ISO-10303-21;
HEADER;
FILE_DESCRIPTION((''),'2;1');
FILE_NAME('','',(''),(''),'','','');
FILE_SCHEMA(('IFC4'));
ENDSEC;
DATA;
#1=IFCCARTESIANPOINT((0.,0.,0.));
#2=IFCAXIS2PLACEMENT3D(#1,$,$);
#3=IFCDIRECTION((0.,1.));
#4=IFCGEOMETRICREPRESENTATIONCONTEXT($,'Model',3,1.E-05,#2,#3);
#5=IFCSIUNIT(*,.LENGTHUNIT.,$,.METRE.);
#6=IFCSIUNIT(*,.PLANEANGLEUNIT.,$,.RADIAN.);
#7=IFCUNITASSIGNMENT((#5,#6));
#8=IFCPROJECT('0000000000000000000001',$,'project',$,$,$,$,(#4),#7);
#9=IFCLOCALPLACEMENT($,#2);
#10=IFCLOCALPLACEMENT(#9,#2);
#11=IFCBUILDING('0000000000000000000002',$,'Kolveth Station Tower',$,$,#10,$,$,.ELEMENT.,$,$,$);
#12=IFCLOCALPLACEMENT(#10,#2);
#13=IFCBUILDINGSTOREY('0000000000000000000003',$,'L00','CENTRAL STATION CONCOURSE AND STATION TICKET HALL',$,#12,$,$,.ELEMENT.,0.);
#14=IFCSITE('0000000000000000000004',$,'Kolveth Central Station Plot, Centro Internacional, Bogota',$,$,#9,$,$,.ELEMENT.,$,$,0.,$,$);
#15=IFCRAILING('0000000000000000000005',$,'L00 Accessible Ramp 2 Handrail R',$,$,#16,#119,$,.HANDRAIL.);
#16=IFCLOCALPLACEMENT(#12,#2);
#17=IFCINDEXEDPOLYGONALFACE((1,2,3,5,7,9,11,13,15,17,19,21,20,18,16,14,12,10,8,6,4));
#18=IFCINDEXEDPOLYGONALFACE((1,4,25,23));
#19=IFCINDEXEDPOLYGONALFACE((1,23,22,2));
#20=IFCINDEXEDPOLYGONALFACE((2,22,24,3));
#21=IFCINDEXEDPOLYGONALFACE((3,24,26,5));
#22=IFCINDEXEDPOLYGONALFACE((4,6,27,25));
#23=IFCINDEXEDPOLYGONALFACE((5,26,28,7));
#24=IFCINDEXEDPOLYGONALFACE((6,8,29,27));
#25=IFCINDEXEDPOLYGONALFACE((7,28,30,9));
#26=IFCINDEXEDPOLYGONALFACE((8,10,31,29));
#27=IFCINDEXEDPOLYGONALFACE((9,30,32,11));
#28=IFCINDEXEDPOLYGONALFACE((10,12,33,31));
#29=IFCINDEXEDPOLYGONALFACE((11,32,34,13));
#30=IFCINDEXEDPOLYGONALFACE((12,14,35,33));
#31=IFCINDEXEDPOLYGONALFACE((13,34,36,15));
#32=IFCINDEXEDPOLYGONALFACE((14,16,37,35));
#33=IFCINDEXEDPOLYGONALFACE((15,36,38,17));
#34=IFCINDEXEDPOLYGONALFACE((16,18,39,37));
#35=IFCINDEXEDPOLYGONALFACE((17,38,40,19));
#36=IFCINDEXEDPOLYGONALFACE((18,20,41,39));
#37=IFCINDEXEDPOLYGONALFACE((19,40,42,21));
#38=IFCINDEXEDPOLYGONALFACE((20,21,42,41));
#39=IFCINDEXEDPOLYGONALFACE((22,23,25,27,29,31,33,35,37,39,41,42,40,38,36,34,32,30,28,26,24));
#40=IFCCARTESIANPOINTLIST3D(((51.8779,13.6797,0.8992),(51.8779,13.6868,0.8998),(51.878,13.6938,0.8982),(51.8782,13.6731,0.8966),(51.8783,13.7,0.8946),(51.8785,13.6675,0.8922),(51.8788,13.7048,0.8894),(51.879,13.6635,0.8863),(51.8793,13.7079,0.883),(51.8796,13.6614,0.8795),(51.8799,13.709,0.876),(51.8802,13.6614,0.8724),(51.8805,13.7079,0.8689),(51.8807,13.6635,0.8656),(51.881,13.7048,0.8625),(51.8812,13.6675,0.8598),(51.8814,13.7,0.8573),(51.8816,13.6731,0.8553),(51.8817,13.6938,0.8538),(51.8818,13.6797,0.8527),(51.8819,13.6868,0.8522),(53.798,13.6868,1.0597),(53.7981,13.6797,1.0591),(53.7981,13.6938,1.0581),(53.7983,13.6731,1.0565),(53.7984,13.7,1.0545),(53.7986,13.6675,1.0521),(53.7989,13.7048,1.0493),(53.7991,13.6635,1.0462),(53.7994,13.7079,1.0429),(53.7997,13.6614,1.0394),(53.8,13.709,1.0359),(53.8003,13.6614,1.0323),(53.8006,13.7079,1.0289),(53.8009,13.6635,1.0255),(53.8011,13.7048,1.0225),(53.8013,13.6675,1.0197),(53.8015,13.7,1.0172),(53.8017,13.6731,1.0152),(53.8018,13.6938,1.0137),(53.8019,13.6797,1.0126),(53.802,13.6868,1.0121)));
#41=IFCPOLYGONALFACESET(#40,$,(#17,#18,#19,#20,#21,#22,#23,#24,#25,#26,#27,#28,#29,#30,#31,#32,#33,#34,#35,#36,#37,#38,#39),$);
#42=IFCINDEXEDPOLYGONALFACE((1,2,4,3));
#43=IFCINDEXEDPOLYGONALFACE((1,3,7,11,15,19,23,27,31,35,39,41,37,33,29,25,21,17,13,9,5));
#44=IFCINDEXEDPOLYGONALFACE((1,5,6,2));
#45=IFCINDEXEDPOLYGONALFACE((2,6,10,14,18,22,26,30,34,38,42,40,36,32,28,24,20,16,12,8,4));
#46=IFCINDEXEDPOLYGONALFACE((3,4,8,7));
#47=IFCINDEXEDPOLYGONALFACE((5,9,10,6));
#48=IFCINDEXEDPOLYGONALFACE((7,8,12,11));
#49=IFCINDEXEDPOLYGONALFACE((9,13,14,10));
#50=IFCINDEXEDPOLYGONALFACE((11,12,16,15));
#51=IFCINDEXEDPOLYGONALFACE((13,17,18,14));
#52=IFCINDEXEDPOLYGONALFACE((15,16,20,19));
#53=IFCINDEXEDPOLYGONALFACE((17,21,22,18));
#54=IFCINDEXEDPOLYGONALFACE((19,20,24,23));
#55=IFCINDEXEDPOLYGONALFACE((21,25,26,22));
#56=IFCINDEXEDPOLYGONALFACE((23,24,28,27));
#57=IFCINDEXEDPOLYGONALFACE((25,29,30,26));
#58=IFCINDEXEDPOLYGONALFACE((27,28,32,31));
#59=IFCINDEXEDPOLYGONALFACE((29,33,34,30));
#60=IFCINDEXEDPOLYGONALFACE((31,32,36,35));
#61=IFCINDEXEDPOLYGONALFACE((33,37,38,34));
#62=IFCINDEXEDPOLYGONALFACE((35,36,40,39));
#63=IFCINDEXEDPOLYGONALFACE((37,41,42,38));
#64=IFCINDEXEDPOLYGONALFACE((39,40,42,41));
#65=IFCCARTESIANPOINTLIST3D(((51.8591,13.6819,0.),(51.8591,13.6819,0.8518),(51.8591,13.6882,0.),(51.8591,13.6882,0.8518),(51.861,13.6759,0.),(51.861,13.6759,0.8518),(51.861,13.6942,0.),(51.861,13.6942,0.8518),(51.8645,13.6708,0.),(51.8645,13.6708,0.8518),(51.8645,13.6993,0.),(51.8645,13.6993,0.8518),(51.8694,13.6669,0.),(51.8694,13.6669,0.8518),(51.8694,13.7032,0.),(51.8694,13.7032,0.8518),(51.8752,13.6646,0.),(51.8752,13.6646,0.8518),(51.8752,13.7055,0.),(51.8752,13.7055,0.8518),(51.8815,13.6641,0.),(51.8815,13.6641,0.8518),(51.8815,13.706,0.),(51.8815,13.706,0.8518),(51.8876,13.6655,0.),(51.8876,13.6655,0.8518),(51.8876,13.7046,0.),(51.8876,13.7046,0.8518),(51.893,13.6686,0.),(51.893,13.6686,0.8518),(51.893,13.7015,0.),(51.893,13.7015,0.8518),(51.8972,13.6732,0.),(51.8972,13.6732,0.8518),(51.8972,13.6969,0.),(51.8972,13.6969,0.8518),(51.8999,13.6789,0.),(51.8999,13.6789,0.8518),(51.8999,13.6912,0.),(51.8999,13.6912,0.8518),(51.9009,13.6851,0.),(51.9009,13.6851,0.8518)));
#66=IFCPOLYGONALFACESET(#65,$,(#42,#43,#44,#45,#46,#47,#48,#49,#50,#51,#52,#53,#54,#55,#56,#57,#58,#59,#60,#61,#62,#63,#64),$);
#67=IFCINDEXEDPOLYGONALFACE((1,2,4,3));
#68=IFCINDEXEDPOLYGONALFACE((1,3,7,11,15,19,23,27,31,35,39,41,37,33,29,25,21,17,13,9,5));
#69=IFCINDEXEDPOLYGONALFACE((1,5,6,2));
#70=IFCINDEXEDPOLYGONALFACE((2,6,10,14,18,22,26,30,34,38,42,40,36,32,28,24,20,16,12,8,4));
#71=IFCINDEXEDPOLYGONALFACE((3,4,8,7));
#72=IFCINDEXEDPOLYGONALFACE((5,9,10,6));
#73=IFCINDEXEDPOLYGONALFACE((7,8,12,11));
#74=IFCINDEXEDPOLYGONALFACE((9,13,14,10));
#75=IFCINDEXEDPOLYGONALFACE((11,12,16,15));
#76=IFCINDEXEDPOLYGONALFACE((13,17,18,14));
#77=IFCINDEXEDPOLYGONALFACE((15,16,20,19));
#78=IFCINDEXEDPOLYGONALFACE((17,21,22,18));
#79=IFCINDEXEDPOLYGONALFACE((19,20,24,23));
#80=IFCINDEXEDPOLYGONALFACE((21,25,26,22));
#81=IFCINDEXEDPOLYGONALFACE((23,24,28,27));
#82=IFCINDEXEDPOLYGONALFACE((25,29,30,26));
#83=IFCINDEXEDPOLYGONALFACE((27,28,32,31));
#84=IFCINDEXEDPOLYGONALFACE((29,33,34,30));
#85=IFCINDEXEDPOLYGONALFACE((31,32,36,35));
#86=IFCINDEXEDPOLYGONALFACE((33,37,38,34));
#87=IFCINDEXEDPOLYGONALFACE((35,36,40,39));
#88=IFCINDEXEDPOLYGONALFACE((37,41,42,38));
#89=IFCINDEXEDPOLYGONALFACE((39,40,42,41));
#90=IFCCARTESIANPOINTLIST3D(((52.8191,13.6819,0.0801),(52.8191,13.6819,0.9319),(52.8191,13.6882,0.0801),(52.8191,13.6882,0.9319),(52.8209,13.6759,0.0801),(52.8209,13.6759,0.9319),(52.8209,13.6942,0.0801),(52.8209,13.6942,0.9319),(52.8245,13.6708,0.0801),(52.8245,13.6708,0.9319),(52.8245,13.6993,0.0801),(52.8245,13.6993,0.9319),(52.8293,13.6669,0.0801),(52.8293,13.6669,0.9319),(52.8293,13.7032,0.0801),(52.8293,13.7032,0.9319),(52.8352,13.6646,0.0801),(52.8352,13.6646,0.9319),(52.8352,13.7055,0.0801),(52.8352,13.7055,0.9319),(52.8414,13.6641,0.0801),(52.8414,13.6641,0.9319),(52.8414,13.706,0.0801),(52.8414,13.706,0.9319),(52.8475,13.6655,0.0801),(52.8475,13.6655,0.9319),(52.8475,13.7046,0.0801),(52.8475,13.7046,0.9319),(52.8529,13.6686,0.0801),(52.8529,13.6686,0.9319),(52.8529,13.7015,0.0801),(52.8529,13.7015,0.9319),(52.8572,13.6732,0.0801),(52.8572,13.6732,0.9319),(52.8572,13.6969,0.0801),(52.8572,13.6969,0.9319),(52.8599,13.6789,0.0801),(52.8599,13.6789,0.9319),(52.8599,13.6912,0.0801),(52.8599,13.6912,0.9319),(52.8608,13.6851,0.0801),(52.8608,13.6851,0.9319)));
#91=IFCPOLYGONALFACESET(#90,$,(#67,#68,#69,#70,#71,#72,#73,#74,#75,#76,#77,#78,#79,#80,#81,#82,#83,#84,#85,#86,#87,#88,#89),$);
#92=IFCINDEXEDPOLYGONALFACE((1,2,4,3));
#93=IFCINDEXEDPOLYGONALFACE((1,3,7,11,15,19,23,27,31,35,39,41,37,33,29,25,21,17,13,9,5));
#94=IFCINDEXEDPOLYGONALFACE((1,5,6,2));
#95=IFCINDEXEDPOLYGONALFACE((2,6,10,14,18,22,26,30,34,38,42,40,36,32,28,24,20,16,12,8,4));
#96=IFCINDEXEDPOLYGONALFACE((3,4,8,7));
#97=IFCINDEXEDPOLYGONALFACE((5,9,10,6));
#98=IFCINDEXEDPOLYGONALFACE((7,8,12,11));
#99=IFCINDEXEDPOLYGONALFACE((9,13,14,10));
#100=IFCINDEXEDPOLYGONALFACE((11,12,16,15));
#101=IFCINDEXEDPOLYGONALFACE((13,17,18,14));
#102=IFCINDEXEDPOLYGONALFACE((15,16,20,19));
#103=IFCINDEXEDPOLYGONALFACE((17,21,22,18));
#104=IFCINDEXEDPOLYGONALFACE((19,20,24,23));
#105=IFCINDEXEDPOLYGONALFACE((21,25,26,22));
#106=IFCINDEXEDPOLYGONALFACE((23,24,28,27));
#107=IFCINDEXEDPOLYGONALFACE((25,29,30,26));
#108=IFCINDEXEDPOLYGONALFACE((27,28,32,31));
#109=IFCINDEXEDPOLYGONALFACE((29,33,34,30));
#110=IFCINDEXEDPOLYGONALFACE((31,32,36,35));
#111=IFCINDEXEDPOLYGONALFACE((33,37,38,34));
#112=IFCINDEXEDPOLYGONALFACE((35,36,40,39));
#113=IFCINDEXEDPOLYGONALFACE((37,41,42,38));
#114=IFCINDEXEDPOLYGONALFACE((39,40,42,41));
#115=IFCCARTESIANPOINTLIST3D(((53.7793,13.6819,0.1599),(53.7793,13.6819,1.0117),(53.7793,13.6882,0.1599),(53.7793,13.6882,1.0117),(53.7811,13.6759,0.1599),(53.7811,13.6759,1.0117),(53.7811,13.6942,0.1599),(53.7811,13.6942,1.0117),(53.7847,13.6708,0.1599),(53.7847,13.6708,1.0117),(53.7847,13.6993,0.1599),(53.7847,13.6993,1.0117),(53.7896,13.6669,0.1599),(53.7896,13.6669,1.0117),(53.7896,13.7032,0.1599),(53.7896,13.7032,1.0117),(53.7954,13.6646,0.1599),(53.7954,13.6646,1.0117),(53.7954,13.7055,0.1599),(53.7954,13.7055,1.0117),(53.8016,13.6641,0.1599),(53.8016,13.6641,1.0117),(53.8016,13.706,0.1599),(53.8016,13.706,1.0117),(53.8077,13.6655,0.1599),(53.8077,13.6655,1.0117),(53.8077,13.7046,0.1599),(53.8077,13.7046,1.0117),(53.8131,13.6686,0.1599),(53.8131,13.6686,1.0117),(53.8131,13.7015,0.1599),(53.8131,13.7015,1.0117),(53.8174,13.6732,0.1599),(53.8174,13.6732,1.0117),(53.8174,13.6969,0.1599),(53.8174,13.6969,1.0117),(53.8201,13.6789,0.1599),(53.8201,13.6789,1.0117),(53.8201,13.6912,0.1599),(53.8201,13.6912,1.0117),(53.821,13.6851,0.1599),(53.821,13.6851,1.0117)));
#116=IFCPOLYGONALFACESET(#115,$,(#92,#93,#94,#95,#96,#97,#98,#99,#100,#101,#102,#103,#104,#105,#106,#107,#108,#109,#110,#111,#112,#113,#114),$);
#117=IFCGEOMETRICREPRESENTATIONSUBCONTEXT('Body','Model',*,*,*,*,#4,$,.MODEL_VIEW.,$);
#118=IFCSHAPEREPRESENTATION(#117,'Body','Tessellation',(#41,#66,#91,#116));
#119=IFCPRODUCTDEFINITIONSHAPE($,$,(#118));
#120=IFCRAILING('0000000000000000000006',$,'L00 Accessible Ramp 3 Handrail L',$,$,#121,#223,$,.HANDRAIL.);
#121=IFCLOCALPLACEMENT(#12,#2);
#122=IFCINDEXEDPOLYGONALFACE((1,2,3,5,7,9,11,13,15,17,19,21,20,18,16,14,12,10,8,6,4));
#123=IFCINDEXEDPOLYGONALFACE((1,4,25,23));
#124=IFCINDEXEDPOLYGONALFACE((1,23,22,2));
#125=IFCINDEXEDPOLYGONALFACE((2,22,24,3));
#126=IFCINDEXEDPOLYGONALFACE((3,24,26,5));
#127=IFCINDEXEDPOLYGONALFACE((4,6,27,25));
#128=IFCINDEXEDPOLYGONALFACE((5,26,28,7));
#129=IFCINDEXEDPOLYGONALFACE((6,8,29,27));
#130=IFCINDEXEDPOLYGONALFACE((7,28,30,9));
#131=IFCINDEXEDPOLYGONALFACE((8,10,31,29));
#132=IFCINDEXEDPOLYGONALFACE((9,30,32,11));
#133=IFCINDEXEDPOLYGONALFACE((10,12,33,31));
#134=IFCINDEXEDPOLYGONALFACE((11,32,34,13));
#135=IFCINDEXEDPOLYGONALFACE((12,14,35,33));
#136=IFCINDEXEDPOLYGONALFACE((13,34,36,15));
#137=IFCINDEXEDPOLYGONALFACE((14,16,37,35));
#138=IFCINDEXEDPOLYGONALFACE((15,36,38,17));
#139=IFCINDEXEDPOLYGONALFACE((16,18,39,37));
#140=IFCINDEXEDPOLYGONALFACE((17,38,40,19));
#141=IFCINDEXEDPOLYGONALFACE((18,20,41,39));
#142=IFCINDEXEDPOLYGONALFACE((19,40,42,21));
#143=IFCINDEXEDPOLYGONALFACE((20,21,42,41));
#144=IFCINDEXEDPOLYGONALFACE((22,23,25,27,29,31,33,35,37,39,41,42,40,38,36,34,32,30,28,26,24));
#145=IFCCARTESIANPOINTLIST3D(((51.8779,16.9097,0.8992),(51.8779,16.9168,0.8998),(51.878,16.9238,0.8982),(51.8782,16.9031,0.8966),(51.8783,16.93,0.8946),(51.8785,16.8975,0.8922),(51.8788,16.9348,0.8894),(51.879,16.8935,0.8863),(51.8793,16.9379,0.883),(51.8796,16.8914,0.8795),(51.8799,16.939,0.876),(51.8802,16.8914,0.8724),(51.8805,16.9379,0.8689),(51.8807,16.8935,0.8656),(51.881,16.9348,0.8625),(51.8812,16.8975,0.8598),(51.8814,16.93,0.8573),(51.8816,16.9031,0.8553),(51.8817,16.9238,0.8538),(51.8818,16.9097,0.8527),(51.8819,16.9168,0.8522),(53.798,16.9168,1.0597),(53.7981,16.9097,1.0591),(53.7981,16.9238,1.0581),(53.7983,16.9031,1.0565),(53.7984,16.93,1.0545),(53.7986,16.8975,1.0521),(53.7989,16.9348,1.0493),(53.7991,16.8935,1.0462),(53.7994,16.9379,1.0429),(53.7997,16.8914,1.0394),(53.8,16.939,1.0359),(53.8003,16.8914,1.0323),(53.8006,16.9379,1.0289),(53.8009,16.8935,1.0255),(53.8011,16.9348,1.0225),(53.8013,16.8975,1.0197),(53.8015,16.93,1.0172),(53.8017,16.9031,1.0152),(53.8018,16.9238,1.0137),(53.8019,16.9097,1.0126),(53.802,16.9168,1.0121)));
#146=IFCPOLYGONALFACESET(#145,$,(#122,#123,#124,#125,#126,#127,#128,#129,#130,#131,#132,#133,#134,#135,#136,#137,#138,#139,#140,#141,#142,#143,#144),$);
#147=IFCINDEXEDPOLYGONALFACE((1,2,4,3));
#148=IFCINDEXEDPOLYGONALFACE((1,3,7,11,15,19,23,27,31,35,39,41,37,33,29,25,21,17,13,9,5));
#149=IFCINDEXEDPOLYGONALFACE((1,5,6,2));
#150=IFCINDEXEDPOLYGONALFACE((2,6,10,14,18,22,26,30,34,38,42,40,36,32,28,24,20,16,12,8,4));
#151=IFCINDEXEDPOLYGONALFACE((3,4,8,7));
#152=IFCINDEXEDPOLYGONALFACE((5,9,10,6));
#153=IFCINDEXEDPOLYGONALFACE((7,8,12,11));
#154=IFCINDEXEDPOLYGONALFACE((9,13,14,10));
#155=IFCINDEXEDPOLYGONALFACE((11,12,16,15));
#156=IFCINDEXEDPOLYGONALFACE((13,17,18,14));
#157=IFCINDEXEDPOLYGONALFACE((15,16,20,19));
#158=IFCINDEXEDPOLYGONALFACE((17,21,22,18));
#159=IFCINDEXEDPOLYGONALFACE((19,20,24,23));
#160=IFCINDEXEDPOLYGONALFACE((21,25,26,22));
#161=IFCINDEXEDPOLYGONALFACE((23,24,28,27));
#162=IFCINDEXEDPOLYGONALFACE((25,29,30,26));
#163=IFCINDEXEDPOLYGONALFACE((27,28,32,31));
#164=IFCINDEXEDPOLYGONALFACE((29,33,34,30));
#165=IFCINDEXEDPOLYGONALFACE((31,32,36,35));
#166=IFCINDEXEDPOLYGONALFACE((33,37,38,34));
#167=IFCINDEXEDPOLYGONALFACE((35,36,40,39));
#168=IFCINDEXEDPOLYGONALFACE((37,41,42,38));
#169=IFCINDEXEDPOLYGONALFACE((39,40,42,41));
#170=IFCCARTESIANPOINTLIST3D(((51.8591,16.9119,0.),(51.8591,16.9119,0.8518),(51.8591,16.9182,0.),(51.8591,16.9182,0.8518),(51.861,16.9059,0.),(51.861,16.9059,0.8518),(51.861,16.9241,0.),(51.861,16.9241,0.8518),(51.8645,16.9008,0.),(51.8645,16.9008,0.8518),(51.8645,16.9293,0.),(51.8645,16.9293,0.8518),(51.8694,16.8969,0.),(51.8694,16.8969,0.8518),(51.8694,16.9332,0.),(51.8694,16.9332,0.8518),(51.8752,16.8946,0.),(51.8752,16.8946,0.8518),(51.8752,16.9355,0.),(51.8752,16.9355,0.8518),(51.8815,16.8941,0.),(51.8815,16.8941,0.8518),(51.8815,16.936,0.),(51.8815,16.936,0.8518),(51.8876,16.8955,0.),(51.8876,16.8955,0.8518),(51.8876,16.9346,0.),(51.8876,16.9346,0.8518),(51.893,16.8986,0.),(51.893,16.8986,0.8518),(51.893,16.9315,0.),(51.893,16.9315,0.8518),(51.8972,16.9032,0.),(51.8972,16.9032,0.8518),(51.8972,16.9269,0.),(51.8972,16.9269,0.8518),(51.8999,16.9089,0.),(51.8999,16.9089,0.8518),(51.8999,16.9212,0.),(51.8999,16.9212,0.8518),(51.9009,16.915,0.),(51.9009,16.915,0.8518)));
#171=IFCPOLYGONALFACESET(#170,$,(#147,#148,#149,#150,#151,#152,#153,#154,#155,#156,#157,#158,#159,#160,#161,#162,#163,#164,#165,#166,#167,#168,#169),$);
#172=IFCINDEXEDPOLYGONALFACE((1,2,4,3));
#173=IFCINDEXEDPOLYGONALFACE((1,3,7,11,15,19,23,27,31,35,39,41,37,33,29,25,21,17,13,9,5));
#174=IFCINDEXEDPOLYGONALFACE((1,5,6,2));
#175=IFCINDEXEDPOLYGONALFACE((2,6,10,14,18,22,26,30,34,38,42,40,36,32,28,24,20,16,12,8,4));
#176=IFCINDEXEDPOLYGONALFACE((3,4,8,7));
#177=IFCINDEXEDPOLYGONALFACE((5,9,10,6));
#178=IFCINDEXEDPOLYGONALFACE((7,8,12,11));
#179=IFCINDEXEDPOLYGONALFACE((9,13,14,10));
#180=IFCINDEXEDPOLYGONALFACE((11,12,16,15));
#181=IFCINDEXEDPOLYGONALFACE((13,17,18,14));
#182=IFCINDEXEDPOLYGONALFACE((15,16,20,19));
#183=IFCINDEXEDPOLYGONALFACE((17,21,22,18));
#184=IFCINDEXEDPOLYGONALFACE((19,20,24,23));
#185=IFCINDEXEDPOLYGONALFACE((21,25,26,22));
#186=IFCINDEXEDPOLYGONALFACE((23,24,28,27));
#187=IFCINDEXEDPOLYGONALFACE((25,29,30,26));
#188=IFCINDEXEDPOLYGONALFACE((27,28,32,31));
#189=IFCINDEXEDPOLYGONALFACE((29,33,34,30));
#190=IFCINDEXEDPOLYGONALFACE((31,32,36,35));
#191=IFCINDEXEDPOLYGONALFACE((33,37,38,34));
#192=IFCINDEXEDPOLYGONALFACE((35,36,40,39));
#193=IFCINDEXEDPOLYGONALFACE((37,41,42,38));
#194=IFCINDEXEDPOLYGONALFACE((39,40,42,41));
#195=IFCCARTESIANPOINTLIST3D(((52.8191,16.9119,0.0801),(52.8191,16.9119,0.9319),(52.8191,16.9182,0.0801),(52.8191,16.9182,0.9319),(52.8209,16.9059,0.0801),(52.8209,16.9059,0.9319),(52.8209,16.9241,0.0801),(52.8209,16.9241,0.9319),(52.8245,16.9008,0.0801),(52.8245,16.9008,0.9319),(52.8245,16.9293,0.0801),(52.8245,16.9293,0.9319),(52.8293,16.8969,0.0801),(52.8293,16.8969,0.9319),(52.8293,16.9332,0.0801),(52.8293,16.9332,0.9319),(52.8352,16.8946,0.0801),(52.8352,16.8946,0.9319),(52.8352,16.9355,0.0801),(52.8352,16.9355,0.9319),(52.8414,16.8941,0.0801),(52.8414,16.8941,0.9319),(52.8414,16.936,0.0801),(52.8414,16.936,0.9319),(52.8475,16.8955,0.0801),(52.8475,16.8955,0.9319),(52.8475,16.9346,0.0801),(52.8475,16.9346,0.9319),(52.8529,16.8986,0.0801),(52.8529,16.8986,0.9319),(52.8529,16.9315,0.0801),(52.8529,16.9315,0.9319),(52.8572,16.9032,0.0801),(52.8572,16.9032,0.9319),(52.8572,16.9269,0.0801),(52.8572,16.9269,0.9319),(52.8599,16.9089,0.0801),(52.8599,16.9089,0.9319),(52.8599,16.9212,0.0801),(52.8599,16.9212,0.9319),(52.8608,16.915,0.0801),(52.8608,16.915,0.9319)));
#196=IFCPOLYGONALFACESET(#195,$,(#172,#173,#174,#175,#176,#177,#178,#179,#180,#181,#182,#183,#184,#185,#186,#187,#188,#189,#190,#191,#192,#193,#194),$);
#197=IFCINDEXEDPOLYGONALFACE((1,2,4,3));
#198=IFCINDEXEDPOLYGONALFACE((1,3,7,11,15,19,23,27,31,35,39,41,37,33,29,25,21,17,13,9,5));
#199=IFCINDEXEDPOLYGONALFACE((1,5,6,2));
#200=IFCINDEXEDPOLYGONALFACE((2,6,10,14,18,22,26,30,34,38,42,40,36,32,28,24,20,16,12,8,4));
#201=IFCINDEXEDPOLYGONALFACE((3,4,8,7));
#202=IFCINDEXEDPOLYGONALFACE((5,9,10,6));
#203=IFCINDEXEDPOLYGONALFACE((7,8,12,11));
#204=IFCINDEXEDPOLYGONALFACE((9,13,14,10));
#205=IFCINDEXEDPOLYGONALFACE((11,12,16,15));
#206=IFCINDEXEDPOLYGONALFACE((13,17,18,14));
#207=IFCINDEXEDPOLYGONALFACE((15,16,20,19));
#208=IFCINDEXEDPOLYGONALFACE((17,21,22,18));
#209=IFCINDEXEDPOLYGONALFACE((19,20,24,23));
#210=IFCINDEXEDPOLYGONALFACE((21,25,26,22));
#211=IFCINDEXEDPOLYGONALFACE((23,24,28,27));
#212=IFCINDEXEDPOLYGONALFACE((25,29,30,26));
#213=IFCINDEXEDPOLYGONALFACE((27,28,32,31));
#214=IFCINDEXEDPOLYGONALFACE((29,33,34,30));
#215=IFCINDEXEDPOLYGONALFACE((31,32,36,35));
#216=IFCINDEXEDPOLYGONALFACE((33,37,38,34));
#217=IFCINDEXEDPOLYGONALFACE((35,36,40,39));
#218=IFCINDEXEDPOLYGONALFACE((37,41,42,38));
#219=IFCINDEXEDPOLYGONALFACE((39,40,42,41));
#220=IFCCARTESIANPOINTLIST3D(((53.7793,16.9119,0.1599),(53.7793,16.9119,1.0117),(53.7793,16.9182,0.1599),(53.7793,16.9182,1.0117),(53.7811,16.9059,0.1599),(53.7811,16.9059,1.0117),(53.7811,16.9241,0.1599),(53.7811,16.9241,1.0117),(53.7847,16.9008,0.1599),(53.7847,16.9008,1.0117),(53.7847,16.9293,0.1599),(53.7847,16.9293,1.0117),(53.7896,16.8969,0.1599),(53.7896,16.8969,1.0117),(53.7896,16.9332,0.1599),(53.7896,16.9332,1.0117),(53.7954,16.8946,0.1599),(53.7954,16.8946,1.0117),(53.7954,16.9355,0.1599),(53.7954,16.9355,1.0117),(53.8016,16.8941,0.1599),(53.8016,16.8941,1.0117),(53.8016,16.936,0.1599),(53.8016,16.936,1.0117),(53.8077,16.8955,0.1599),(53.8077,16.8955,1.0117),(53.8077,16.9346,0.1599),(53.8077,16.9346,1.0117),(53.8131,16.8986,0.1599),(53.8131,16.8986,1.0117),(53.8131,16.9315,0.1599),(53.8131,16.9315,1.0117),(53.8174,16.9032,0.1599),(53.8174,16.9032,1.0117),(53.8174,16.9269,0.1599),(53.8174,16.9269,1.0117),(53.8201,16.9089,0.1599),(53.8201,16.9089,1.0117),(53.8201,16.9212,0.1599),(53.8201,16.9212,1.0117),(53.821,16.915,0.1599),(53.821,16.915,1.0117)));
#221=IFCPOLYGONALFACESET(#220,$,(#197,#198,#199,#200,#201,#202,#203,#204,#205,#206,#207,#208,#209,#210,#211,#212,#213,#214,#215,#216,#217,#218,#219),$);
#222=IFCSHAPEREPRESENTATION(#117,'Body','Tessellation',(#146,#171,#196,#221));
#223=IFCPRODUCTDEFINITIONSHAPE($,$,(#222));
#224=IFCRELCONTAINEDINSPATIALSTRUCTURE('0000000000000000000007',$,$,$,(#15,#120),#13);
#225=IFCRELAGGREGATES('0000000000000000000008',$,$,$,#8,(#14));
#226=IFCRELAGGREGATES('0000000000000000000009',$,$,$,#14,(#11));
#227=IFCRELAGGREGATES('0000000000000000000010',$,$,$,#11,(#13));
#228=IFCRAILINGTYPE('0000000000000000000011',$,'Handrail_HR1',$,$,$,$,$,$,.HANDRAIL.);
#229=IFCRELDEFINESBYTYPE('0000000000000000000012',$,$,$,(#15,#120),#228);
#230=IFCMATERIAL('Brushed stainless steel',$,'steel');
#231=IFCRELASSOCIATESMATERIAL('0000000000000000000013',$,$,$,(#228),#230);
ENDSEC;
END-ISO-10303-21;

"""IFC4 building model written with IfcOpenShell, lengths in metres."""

from ifc_helpers import new_model, si_unit, direction, frame, origin, origin_2d, place, context, subcontext, project, spatial, circle, extrude, material, type_object, element, save


model = new_model("IFC4")

# Units and contexts
model_context = context("Model", 3, precision=1e-05, world=origin(), true_north=direction((0.0, 1.0)))
body_context = subcontext(model_context, "Body", "Model", "MODEL_VIEW")
ifc_project = project(units=[si_unit("LENGTHUNIT", "METRE"), si_unit("PLANEANGLEUNIT", "RADIAN")], contexts=[model_context])

# Site, building, storey
site_placement = place(None, origin())
site = spatial("IfcSite", under=ifc_project, at=site_placement, Name="Kolveth Central Station Plot, Centro Internacional, Bogota", CompositionType="ELEMENT", RefElevation=0.0)
building_placement = place(site_placement, origin())
building = spatial("IfcBuilding", under=site, at=building_placement, Name="Kolveth Station Tower", CompositionType="ELEMENT")
storey_placement = place(building_placement, origin())
storey = spatial("IfcBuildingStorey", under=building, at=storey_placement, Name="L00", Description="CENTRAL STATION CONCOURSE AND STATION TICKET HALL", CompositionType="ELEMENT", Elevation=0.0)

# Railings
ifc_material_1 = material(Name="Brushed stainless steel", Category="steel")
railing_type = type_object("IfcRailingType", Name="Handrail_HR1", PredefinedType="HANDRAIL", material=ifc_material_1)
for number, where, name in (
    (1, (51.8799, 13.6851, 0.0), "L00 Accessible Ramp 2 Handrail R"),
    (2, (51.8799, 16.915, 0.0), "L00 Accessible Ramp 3 Handrail L"),
):
    element("IfcRailing", number, at=place(storey_placement, frame(where)), inside=storey, type_object=railing_type, Name=name, PredefinedType="HANDRAIL", context=body_context, shape_type="SweptSolid", body=[
        extrude(circle(Radius=0.0239, at=origin_2d()), frame((0.0, 0.0, 0.876), z_axis=(0.99655, 0.0, 0.082993), x_axis=(0.0, 1.0, 0.0)), (0.0, 0.0, 1.0), 1.9268),
        extrude(circle(Radius=0.021, at=origin_2d()), origin(), (0.0, 0.0, 1.0), 0.8518),
        extrude(circle(Radius=0.021, at=origin_2d()), frame((0.96, 0.0, 0.0801)), (0.0, 0.0, 1.0), 0.8518),
        extrude(circle(Radius=0.021, at=origin_2d()), frame((1.9202, 0.0, 0.1599)), (0.0, 0.0, 1.0), 0.8518),
    ])

save(model, "model.ifc")
